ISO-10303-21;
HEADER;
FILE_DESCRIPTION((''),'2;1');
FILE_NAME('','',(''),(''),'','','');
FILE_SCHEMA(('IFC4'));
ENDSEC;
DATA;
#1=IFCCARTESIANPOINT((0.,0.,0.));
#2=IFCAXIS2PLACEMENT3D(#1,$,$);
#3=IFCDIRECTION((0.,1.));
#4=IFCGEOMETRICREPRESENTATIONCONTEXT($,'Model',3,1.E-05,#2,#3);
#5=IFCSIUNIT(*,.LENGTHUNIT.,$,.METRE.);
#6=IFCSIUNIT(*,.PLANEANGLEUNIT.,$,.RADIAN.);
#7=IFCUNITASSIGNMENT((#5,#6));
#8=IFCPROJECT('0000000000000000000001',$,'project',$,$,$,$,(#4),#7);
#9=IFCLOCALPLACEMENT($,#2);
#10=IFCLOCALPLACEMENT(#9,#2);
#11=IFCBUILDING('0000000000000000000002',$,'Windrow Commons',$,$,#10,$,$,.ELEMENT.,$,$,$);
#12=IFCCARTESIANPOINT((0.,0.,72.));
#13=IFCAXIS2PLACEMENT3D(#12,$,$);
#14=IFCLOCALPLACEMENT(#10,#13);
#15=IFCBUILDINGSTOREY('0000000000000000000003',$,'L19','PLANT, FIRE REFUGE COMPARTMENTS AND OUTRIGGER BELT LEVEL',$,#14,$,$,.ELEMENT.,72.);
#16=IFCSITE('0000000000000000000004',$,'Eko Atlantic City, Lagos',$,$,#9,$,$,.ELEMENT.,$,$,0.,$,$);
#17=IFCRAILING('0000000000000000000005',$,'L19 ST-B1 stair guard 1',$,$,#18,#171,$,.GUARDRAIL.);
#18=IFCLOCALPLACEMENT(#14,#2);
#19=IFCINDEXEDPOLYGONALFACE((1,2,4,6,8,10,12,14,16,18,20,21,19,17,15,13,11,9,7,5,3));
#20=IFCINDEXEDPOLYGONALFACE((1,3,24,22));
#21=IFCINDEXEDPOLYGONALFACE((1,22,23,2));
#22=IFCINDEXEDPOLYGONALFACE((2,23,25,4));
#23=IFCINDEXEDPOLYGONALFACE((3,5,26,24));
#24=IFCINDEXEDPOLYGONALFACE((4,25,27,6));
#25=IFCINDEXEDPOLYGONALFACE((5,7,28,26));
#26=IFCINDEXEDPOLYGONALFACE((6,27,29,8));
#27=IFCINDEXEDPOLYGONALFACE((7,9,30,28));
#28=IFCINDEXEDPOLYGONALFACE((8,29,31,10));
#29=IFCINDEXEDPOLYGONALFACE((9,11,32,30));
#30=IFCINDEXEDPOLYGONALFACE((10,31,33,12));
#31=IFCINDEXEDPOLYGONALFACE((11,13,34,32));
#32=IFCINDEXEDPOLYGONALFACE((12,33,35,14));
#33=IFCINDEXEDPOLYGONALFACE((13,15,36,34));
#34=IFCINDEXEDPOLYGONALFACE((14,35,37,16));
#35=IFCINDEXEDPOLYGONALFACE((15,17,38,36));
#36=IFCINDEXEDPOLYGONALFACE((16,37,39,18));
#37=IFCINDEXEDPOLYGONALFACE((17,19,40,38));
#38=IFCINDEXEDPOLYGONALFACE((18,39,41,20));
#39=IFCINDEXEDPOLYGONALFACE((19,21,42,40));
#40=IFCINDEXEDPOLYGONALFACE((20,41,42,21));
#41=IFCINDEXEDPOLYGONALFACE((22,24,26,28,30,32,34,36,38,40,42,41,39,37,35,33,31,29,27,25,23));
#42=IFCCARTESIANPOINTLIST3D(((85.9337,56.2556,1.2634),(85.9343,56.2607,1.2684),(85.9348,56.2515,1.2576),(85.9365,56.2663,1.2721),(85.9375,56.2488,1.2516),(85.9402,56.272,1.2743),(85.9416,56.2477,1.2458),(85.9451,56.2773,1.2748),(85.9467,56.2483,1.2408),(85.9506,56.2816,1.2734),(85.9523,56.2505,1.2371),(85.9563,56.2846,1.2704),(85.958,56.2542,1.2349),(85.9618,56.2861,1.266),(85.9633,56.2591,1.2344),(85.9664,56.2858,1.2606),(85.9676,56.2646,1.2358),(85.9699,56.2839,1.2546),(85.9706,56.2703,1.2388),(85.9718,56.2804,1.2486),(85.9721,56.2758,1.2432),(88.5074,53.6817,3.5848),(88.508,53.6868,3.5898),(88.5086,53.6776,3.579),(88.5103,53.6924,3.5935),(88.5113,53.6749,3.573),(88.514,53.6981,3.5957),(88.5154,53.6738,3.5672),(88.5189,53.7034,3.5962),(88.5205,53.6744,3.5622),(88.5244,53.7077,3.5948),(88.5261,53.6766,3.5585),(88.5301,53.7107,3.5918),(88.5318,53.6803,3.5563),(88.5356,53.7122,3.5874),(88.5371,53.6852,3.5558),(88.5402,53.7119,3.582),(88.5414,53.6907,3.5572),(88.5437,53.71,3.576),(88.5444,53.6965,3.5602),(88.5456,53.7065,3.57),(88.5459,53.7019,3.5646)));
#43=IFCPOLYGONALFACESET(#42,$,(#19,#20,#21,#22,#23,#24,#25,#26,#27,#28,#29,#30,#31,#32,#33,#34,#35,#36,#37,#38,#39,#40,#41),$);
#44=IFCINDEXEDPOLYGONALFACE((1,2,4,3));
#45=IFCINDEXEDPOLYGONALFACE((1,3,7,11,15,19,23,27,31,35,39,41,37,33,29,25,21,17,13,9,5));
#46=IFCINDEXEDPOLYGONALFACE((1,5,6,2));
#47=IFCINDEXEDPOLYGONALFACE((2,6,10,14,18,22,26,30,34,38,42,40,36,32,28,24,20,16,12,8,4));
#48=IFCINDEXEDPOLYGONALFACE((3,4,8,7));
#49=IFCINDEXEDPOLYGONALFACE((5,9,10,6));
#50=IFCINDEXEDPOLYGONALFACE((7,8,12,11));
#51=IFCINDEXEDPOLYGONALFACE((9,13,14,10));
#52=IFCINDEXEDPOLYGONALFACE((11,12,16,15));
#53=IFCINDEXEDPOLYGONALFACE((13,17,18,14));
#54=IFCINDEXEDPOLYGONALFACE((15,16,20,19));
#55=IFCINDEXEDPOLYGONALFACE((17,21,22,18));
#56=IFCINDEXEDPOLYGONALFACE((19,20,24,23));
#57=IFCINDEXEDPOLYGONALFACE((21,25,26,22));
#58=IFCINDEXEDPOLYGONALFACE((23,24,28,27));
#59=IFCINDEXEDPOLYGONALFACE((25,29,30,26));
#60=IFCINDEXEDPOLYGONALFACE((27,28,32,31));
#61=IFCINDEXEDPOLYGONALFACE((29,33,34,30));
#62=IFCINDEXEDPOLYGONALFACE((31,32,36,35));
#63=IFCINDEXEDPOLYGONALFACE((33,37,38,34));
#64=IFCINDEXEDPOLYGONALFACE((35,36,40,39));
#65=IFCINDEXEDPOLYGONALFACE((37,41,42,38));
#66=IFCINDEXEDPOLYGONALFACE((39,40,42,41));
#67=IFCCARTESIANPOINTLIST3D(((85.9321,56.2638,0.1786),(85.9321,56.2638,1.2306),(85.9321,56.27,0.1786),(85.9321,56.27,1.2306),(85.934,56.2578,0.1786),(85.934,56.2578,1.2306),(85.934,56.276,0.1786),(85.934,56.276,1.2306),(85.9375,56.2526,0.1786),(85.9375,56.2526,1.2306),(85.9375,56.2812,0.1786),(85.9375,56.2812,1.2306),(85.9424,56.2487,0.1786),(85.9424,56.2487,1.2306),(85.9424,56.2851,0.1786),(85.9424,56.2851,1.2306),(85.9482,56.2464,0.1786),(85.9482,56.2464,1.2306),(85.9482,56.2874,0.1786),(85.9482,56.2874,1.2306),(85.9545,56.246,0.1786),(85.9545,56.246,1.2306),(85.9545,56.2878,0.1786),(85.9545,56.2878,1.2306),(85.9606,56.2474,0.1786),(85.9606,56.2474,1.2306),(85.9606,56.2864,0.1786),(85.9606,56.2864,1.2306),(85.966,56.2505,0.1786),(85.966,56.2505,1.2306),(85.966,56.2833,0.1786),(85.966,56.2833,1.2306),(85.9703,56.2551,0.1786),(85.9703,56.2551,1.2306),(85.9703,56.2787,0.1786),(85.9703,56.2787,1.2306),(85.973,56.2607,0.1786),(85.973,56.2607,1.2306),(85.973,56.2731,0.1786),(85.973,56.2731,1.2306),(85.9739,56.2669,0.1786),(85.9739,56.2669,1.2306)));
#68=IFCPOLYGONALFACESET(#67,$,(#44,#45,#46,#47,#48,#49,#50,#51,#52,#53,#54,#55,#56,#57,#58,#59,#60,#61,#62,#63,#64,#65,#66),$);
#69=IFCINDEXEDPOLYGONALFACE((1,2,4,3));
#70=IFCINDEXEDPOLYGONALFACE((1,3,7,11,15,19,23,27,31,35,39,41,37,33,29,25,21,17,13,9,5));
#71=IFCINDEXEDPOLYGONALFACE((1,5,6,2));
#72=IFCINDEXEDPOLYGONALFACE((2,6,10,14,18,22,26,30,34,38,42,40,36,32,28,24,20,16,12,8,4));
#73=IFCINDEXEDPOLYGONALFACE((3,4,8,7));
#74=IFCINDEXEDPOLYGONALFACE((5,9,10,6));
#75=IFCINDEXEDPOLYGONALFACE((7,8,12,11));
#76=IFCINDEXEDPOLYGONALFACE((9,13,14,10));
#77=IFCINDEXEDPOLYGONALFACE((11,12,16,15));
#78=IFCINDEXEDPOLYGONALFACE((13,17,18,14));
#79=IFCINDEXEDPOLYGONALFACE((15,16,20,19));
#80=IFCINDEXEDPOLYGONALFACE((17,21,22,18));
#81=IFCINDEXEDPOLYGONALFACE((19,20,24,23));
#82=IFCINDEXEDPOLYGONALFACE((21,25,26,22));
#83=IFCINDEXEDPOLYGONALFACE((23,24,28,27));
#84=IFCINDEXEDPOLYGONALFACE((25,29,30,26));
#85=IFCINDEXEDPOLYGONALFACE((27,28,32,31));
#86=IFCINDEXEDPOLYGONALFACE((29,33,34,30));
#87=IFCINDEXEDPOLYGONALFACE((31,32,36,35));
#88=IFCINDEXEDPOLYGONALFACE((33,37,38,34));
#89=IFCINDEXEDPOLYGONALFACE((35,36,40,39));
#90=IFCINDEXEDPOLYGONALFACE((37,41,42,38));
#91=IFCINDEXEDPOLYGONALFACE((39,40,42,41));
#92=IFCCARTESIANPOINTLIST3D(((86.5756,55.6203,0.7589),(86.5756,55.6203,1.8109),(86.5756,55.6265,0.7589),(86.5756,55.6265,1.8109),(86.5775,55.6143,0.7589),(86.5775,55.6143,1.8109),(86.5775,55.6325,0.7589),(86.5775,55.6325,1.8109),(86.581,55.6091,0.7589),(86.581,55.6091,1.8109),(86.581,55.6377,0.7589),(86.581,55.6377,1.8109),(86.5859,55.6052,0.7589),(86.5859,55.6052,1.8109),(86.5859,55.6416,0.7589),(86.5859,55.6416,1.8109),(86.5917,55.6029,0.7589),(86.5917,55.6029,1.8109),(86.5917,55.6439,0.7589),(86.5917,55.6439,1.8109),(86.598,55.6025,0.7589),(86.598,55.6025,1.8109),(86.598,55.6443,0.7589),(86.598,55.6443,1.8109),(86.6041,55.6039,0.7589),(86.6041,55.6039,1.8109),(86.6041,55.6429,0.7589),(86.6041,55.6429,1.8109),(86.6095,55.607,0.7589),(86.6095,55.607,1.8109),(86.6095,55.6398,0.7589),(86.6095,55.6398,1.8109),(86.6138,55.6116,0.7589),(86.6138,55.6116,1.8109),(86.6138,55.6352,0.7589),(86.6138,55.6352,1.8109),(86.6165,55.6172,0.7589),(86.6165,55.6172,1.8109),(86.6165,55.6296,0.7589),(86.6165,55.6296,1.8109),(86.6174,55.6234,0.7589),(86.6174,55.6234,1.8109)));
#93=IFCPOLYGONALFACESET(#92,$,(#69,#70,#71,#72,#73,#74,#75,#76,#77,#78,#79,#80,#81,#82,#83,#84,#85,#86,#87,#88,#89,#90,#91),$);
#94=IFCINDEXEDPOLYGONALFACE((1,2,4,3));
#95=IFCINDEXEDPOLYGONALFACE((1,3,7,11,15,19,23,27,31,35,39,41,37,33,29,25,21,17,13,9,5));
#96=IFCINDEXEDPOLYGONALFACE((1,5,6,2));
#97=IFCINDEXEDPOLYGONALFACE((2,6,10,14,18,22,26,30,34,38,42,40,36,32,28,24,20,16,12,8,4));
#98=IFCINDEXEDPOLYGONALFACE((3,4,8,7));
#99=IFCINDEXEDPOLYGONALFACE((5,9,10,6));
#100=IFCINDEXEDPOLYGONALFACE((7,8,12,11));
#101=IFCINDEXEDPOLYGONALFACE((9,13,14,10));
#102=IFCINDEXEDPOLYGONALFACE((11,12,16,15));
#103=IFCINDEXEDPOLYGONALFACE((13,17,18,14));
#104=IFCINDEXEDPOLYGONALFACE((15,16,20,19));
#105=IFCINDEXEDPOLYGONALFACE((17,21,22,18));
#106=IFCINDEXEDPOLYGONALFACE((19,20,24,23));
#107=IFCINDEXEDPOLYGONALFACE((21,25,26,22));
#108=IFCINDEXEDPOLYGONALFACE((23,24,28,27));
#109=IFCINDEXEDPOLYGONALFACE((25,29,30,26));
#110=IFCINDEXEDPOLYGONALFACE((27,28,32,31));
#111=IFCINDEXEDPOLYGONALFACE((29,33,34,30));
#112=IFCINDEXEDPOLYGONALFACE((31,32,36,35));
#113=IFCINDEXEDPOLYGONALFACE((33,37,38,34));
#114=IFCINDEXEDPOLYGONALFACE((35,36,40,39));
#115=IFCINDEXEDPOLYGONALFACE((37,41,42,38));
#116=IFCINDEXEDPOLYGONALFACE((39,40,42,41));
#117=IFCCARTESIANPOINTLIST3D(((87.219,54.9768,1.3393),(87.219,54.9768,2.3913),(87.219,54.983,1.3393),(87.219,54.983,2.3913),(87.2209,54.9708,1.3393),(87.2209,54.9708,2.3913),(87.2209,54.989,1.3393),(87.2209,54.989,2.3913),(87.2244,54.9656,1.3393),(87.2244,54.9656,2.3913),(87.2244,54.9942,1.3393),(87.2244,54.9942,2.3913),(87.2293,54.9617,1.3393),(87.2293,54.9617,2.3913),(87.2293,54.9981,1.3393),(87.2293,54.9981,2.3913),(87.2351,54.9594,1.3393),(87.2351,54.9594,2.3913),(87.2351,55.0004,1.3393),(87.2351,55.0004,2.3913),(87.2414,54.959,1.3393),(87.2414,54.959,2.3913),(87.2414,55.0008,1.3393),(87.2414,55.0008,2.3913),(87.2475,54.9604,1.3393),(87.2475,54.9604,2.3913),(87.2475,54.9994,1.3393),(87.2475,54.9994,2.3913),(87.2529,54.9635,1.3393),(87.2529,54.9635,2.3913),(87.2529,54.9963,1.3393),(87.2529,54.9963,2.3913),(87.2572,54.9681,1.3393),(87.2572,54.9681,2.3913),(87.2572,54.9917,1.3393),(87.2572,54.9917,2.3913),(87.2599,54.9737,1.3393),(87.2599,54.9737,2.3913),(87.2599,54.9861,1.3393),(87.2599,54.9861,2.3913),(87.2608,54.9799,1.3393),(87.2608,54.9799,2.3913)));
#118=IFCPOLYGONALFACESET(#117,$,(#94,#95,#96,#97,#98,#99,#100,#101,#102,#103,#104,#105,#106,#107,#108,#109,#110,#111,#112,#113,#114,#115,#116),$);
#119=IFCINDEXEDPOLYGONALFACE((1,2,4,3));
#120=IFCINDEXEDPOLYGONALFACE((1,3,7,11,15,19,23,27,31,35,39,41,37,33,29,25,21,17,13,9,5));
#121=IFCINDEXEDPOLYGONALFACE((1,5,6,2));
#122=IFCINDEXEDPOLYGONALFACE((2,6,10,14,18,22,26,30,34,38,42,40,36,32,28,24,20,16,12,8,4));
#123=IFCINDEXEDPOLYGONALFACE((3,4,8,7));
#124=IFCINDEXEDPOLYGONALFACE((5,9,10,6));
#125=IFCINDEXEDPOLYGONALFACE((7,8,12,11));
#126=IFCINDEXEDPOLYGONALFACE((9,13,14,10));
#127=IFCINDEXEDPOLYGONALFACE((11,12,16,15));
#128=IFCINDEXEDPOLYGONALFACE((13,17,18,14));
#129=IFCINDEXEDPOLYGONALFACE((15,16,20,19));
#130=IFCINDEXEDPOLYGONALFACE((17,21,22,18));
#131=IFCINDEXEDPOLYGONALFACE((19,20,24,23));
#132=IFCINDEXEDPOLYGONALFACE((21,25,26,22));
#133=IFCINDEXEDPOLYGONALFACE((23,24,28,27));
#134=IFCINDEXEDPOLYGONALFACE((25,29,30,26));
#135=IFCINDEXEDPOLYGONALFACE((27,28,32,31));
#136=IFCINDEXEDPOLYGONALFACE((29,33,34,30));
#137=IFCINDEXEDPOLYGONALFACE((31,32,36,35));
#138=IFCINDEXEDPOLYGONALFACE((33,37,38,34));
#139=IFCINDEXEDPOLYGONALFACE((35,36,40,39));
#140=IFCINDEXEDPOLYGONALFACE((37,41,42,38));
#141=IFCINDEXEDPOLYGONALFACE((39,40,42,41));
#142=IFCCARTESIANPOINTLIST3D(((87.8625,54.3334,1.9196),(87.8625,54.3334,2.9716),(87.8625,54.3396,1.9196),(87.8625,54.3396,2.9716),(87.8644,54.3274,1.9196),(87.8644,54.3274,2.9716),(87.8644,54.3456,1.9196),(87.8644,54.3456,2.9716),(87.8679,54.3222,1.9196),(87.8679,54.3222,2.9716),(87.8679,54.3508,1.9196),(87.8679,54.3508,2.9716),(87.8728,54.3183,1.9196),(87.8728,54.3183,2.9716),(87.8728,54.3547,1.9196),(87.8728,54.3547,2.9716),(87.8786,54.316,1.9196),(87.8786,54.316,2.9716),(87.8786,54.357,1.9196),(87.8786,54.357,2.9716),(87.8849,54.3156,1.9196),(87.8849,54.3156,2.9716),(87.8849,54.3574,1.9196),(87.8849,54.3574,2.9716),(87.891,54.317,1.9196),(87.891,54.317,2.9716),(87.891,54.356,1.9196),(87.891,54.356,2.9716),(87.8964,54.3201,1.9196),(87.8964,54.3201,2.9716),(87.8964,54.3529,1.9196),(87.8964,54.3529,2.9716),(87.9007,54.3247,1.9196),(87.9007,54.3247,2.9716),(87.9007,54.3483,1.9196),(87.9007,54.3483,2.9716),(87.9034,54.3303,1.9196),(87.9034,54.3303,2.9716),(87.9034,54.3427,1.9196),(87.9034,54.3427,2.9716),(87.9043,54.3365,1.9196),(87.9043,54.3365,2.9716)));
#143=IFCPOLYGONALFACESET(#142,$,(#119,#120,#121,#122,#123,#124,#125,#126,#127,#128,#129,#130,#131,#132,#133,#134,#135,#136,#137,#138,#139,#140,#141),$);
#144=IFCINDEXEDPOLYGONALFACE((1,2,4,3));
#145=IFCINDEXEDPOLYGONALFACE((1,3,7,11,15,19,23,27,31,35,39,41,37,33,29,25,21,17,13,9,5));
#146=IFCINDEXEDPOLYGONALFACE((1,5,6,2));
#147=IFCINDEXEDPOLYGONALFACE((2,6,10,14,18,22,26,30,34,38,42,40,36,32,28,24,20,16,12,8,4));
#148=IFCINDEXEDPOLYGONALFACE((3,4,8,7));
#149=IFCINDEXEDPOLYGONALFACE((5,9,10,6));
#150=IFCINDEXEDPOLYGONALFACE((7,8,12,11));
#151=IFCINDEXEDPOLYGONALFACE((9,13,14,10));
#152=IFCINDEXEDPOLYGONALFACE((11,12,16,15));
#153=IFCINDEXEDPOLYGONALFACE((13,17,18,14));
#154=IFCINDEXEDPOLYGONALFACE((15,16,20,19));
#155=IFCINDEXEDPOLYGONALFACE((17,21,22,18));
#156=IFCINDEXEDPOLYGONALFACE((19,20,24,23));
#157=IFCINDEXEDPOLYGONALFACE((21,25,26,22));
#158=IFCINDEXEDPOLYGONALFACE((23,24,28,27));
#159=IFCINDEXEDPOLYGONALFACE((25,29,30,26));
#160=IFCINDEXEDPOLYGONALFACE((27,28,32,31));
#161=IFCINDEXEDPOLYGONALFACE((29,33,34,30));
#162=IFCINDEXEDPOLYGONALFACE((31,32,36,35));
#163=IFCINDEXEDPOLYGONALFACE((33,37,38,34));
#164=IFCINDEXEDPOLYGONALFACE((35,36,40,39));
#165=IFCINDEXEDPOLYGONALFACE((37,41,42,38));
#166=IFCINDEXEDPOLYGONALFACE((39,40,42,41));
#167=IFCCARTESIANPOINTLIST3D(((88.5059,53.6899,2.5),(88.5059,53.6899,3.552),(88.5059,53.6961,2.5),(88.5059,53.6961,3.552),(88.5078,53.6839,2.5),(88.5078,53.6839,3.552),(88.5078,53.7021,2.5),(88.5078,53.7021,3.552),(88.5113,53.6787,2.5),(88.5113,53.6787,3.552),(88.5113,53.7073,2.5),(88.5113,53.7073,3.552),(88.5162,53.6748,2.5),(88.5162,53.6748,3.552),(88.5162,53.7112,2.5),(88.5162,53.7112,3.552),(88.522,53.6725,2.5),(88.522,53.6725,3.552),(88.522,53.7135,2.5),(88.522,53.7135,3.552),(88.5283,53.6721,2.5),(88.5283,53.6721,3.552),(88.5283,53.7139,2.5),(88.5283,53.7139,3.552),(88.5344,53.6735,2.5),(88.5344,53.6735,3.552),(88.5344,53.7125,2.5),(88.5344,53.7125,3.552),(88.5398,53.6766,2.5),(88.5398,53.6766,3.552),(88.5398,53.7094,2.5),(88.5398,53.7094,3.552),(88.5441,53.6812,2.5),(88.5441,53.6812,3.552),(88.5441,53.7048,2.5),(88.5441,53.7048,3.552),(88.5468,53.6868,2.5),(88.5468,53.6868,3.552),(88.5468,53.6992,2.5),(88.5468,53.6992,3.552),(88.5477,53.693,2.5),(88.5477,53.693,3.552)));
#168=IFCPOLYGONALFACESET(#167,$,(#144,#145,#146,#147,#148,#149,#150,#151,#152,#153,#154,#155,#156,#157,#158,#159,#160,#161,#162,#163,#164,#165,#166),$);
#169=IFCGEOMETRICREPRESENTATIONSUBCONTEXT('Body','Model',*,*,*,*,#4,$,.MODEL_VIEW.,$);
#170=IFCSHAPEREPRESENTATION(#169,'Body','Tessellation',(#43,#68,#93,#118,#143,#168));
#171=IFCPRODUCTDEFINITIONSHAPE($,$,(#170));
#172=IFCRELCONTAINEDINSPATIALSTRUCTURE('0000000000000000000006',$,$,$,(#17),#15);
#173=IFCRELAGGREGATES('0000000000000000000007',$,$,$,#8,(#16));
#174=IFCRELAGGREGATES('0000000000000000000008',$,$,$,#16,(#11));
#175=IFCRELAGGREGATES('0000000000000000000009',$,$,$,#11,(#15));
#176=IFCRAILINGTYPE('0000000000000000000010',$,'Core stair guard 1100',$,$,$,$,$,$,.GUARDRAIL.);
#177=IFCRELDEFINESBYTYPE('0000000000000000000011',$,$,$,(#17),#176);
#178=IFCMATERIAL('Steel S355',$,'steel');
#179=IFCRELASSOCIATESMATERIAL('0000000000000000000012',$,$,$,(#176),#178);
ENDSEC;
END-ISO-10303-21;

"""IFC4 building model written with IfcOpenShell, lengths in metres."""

from ifc_helpers import new_model, si_unit, direction, frame, origin, origin_2d, place, context, subcontext, project, spatial, circle, extrude, material, type_object, element, save


model = new_model("IFC4")

# Units and contexts
model_context = context("Model", 3, precision=1e-05, world=origin(), true_north=direction((0.0, 1.0)))
body_context = subcontext(model_context, "Body", "Model", "MODEL_VIEW")
ifc_project = project(units=[si_unit("LENGTHUNIT", "METRE"), si_unit("PLANEANGLEUNIT", "RADIAN")], contexts=[model_context])

# Site, building, storey
site_placement = place(None, origin())
site = spatial("IfcSite", under=ifc_project, at=site_placement, Name="Eko Atlantic City, Lagos", CompositionType="ELEMENT", RefElevation=0.0)
building_placement = place(site_placement, origin())
building = spatial("IfcBuilding", under=site, at=building_placement, Name="Windrow Commons", CompositionType="ELEMENT")
storey_placement = place(building_placement, frame((0.0, 0.0, 72.0)))
storey = spatial("IfcBuildingStorey", under=building, at=storey_placement, Name="L19", Description="PLANT, FIRE REFUGE COMPARTMENTS AND OUTRIGGER BELT LEVEL", CompositionType="ELEMENT", Elevation=72.0)

# Railing
ifc_material_1 = material(Name="Steel S355", Category="steel")
railing_type_1 = type_object("IfcRailingType", Name="Core stair guard 1100", PredefinedType="GUARDRAIL", material=ifc_material_1)
railing_1_placement = place(storey_placement, frame((85.9529, 56.2669, 0.1786)))
element("IfcRailing", 1, at=railing_1_placement, inside=storey, type_object=railing_type_1, Name="L19 ST-B1 stair guard 1", PredefinedType="GUARDRAIL", context=body_context, shape_type="SweptSolid", body=[
    extrude(circle(Radius=0.024, at=origin_2d()), frame((0.0, 0.0, 1.076), z_axis=(0.596172, -0.596195, 0.537708), x_axis=(0.707121, 0.707093, 0.0)), (0.0, 0.0, 1.0), 4.3172),
    extrude(circle(Radius=0.021, at=origin_2d()), origin(), (0.0, 0.0, 1.0), 1.052),
    extrude(circle(Radius=0.021, at=origin_2d()), frame((0.6435, -0.6435, 0.5803)), (0.0, 0.0, 1.0), 1.052),
    extrude(circle(Radius=0.021, at=origin_2d()), frame((1.2869, -1.287, 1.1607)), (0.0, 0.0, 1.0), 1.052),
    extrude(circle(Radius=0.021, at=origin_2d()), frame((1.9304, -1.9304, 1.741)), (0.0, 0.0, 1.0), 1.052),
    extrude(circle(Radius=0.021, at=origin_2d()), frame((2.5738, -2.5739, 2.3214)), (0.0, 0.0, 1.0), 1.052),
])

save(model, "model.ifc")
